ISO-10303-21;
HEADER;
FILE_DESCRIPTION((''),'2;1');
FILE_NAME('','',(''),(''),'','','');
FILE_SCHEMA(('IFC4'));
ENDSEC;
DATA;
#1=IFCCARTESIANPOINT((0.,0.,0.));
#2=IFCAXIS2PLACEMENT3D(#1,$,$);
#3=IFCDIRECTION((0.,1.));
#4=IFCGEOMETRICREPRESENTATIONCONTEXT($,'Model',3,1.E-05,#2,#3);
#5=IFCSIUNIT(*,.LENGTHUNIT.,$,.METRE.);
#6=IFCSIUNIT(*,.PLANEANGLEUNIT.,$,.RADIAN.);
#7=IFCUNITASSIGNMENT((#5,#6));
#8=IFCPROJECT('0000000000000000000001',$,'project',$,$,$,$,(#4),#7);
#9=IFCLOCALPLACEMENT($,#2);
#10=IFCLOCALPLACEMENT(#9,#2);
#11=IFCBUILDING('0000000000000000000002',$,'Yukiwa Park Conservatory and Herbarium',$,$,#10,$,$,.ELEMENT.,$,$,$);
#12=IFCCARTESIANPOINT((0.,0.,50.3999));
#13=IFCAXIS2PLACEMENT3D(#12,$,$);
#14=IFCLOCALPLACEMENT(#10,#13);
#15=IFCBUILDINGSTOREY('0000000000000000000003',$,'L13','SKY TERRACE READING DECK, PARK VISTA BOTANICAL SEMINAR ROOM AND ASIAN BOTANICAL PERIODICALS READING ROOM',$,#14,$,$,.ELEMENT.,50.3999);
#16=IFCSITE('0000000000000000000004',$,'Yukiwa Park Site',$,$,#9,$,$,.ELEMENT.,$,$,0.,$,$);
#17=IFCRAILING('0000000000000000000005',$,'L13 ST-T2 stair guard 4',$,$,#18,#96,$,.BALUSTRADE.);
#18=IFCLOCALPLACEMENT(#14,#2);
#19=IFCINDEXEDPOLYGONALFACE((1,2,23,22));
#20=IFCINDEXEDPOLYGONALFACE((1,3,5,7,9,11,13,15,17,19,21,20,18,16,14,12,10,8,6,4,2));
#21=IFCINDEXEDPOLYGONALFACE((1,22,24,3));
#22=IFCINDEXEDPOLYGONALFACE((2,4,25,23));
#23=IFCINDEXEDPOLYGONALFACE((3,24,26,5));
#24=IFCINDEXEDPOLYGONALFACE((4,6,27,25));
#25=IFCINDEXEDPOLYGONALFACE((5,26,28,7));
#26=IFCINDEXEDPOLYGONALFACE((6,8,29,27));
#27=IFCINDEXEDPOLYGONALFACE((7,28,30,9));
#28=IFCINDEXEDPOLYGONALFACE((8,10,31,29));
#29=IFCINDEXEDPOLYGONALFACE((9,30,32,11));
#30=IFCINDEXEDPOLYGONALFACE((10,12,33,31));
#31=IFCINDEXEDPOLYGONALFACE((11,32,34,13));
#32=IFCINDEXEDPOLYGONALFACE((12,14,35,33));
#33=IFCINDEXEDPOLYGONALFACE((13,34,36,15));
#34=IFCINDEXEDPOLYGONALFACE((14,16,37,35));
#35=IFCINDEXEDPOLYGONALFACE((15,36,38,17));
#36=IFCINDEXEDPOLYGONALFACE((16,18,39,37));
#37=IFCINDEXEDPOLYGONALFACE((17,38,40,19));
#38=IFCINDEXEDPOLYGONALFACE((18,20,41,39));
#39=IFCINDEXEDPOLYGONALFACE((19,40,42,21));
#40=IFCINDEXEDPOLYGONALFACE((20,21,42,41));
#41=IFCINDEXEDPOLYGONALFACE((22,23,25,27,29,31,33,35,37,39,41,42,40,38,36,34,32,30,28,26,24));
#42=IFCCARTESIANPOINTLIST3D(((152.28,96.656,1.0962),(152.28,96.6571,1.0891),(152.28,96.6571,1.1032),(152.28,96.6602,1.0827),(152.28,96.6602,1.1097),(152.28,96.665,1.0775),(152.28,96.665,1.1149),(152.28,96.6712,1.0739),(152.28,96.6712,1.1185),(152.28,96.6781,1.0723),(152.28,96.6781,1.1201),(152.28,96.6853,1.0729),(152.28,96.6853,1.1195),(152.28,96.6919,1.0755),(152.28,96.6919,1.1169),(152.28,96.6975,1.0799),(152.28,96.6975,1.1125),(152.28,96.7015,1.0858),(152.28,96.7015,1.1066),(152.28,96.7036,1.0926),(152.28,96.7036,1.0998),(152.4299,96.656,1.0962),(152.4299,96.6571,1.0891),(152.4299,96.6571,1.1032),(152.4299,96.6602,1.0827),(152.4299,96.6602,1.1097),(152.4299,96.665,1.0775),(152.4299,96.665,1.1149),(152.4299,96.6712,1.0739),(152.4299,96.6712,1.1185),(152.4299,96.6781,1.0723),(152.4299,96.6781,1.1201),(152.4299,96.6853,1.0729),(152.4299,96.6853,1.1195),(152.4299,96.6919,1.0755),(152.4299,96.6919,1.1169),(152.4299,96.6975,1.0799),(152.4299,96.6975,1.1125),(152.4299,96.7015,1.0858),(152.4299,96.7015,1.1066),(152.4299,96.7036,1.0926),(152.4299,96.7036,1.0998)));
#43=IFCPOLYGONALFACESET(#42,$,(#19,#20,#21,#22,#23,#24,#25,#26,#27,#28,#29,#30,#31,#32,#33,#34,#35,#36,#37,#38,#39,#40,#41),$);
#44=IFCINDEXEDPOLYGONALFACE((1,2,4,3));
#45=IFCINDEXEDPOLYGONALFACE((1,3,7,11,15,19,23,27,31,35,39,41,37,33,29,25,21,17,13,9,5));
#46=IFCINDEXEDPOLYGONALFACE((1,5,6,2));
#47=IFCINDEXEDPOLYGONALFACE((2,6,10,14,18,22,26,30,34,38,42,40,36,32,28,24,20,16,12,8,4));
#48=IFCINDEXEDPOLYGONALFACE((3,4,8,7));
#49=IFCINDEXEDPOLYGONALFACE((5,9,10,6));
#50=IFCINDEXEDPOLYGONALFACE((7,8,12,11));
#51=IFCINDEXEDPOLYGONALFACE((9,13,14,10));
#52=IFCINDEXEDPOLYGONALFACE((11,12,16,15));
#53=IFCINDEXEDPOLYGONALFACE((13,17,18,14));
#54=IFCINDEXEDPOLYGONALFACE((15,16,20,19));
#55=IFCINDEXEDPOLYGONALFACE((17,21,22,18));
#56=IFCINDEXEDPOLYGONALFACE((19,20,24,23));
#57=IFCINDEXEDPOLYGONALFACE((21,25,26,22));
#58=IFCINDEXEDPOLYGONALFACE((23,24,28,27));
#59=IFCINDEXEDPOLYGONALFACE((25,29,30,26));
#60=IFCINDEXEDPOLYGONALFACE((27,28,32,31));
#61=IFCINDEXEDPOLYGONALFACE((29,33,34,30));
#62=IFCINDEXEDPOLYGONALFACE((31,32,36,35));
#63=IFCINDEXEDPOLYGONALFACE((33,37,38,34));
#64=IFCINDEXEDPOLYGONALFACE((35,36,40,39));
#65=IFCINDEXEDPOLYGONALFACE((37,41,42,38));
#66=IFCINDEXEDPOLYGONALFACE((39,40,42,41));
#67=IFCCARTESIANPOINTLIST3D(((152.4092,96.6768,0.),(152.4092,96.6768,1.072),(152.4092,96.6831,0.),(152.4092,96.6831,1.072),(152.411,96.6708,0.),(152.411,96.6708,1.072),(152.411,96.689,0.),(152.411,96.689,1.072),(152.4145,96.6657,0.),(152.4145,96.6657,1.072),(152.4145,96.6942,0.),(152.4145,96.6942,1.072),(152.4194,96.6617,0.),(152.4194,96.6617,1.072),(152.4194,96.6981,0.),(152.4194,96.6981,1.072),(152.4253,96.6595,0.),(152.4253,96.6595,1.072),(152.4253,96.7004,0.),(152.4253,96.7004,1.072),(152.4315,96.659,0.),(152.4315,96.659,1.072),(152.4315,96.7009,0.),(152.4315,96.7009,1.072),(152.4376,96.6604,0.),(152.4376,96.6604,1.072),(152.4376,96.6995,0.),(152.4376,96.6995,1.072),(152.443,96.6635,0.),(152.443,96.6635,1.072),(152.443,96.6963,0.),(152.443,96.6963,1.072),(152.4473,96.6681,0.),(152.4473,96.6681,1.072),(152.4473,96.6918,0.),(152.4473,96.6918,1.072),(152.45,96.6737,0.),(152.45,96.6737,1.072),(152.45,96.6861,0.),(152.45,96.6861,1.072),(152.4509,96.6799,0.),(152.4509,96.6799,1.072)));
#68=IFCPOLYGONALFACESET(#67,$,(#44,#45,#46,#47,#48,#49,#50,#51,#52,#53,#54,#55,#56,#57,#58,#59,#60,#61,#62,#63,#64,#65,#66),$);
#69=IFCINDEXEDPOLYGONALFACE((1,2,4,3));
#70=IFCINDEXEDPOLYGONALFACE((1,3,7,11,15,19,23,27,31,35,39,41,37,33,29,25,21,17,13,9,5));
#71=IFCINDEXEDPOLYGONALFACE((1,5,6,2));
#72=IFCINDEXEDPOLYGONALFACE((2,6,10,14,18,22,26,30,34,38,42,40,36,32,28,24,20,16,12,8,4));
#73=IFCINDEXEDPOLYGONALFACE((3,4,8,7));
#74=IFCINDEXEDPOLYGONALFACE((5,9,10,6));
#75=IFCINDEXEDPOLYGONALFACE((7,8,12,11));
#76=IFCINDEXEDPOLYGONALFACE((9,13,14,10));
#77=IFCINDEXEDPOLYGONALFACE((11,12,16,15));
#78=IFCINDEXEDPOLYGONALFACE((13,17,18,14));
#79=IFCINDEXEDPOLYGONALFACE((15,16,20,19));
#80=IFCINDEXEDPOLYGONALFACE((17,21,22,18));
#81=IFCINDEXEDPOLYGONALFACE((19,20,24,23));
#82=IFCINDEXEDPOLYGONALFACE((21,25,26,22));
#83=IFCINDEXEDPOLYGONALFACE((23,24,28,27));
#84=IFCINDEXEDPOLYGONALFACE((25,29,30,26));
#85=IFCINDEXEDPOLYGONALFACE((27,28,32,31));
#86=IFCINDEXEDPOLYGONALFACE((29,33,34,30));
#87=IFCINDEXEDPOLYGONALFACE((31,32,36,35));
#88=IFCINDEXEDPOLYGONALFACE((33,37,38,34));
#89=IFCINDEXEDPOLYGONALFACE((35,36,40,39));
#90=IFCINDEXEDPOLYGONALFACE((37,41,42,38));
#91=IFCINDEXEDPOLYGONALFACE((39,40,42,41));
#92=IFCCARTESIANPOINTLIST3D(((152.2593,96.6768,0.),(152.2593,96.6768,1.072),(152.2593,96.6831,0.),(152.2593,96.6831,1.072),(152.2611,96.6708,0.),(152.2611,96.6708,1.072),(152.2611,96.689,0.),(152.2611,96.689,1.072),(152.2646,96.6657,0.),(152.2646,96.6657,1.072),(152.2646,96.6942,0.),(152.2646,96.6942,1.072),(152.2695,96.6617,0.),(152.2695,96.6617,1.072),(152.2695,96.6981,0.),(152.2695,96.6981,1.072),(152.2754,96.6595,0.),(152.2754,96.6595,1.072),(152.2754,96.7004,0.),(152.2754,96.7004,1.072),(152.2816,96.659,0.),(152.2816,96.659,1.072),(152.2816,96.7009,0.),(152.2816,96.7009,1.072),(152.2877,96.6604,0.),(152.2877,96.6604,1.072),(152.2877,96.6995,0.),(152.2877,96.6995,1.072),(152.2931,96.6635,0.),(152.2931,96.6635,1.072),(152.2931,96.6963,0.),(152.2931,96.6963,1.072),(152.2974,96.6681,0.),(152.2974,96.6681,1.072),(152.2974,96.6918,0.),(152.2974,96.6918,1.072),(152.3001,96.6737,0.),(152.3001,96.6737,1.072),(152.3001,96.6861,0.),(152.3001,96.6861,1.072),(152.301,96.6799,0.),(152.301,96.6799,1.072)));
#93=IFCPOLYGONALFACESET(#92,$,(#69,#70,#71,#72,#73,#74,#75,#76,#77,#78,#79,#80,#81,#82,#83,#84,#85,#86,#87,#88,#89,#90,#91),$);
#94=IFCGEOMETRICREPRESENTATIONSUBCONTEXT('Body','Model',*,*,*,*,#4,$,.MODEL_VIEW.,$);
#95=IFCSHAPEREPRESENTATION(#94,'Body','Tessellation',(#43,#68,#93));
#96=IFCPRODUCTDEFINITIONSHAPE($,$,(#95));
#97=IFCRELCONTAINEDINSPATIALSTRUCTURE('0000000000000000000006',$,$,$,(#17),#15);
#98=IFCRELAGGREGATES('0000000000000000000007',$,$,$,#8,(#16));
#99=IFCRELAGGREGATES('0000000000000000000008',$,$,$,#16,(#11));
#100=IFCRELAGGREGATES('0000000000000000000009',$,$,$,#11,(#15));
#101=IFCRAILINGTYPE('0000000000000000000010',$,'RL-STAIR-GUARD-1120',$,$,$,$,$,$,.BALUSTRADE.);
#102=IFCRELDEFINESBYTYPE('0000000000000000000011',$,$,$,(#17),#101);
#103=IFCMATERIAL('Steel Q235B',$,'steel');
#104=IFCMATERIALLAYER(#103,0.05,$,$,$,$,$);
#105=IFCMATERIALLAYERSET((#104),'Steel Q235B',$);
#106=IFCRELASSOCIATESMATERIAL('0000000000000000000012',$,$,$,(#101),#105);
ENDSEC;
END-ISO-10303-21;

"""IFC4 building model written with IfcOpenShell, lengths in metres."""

from ifc_helpers import new_model, si_unit, direction, frame, origin, origin_2d, place, context, subcontext, project, spatial, circle, extrude, material, layer, layer_set, type_object, element, save


model = new_model("IFC4")

# Units and contexts
model_context = context("Model", 3, precision=1e-05, world=origin(), true_north=direction((0.0, 1.0)))
body_context = subcontext(model_context, "Body", "Model", "MODEL_VIEW")
ifc_project = project(units=[si_unit("LENGTHUNIT", "METRE"), si_unit("PLANEANGLEUNIT", "RADIAN")], contexts=[model_context])

# Site, building, storey
site_placement = place(None, origin())
site = spatial("IfcSite", under=ifc_project, at=site_placement, Name="Yukiwa Park Site", CompositionType="ELEMENT", RefElevation=0.0)
building_placement = place(site_placement, origin())
building = spatial("IfcBuilding", under=site, at=building_placement, Name="Yukiwa Park Conservatory and Herbarium", CompositionType="ELEMENT")
storey_placement = place(building_placement, frame((0.0, 0.0, 50.3999)))
storey = spatial("IfcBuildingStorey", under=building, at=storey_placement, Name="L13", Description="SKY TERRACE READING DECK, PARK VISTA BOTANICAL SEMINAR ROOM AND ASIAN BOTANICAL PERIODICALS READING ROOM", CompositionType="ELEMENT", Elevation=50.3999)

# Railing
ifc_material_1 = material(Name="Steel Q235B", Category="steel")
ifc_layer_1 = layer(ifc_material_1, 0.05)
ifc_layer_set_1 = layer_set([ifc_layer_1], Name="Steel Q235B")
railing_type_1 = type_object("IfcRailingType", Name="RL-STAIR-GUARD-1120", PredefinedType="BALUSTRADE", material=ifc_layer_set_1)
railing_1_placement = place(storey_placement, frame((152.4299, 96.6799, 0.0)))
element("IfcRailing", 1, at=railing_1_placement, inside=storey, type_object=railing_type_1, Name="L13 ST-T2 stair guard 4", PredefinedType="BALUSTRADE", context=body_context, shape_type="SweptSolid", body=[
    extrude(circle(Radius=0.0239, at=origin_2d()), frame((0.0, 0.0, 1.0962), z_axis=(-1.0, 0.0, 0.0), x_axis=(0.0, -1.0, 0.0)), (0.0, 0.0, 1.0), 0.1499),
    extrude(circle(Radius=0.021, at=origin_2d()), origin(), (0.0, 0.0, 1.0), 1.072),
    extrude(circle(Radius=0.021, at=origin_2d()), frame((-0.1499, 0.0, 0.0)), (0.0, 0.0, 1.0), 1.072),
])

save(model, "model.ifc")
